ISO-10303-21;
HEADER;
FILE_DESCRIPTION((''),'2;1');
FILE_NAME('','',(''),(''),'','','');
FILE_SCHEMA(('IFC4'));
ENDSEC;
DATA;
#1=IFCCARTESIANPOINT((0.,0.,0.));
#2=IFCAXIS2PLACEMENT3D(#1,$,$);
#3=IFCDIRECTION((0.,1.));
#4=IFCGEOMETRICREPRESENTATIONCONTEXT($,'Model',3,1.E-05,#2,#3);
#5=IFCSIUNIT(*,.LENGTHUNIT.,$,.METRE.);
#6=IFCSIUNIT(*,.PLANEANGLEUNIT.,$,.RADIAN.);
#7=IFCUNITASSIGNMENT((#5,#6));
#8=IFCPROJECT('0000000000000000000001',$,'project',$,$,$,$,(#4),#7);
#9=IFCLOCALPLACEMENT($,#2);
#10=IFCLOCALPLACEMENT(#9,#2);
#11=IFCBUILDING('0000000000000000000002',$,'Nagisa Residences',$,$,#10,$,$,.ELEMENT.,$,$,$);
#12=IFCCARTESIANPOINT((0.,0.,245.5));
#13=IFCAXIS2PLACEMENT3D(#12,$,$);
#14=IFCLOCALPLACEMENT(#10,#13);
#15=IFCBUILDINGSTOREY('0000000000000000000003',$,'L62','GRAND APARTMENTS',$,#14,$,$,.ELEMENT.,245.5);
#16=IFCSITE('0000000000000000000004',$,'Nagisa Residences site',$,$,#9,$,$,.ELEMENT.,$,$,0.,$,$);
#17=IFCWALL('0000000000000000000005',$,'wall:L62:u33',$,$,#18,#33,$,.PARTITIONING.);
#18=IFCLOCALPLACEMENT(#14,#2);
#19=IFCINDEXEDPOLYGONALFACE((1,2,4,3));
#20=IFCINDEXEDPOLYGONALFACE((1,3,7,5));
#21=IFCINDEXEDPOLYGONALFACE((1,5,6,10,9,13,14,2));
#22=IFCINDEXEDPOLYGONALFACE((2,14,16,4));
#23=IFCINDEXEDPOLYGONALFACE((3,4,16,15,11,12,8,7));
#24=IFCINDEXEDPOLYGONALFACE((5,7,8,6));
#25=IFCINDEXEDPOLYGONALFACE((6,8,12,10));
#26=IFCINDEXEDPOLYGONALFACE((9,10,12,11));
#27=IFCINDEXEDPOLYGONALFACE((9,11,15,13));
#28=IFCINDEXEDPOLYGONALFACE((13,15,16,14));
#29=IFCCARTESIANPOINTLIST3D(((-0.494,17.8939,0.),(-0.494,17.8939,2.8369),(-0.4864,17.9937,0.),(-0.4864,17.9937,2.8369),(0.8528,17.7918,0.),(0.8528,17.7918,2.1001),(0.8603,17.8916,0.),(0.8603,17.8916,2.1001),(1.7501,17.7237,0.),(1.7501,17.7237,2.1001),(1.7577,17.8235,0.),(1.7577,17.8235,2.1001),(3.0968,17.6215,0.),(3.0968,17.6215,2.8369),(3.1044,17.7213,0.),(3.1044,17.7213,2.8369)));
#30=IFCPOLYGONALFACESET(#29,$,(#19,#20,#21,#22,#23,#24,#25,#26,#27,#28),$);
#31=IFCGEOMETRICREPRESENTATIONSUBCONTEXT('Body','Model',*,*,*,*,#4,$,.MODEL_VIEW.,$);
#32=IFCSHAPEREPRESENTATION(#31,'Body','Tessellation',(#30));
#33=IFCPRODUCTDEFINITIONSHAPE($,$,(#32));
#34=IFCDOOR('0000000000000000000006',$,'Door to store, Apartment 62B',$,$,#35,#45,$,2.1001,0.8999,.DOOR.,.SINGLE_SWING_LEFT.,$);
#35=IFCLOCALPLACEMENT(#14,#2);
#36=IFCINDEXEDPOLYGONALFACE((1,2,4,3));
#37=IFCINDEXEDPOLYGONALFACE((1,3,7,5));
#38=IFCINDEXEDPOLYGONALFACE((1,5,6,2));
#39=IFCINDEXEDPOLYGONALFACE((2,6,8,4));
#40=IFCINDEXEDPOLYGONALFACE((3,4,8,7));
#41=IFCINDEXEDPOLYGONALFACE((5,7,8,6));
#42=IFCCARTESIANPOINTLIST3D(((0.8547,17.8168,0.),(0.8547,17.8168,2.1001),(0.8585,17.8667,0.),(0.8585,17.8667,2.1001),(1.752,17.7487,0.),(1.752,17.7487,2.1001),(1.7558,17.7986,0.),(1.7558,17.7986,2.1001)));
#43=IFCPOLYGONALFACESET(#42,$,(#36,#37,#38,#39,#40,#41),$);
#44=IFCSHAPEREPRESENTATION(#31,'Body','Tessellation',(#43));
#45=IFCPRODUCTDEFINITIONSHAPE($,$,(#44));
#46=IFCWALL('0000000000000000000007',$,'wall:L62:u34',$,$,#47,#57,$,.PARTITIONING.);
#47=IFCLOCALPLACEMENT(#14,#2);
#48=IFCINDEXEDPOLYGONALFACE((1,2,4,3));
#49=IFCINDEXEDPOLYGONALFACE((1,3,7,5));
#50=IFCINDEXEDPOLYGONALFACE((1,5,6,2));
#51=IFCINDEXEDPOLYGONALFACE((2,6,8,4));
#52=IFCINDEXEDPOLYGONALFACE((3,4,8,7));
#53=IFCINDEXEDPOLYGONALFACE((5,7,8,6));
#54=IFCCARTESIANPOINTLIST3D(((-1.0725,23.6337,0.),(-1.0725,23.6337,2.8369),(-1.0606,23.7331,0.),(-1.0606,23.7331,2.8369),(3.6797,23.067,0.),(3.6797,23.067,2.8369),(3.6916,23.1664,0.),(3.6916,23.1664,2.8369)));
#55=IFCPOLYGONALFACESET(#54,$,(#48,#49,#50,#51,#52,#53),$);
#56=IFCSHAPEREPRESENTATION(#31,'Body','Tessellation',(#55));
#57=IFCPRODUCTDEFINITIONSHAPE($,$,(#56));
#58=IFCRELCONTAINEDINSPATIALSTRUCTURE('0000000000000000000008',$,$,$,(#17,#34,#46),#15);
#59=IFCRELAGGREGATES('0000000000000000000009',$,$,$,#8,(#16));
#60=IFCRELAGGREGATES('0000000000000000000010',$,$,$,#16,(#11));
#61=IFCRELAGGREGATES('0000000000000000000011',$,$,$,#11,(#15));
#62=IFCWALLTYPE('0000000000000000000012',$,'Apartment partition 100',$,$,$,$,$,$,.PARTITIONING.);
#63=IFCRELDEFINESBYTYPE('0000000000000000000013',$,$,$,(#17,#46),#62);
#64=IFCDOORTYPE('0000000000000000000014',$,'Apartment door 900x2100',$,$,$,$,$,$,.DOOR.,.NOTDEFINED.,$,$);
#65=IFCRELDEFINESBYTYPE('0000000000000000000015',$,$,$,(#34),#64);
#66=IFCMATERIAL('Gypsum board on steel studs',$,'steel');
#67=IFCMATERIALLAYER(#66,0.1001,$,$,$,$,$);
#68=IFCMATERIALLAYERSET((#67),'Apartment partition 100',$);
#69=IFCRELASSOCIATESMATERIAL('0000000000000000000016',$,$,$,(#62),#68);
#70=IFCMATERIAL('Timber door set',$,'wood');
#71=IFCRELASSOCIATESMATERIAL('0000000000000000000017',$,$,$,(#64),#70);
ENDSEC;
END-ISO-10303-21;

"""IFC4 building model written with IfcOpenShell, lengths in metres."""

from ifc_helpers import new_model, si_unit, direction, frame, frame_2d, origin, place, context, subcontext, project, spatial, rectangle, extrude, material, layer, layer_set, type_object, element, fill, save


model = new_model("IFC4")

# Units and contexts
model_context = context("Model", 3, precision=1e-05, world=origin(), true_north=direction((0.0, 1.0)))
body_context = subcontext(model_context, "Body", "Model", "MODEL_VIEW")
ifc_project = project(units=[si_unit("LENGTHUNIT", "METRE"), si_unit("PLANEANGLEUNIT", "RADIAN")], contexts=[model_context])

# Site, building, storey
site_placement = place(None, origin())
site = spatial("IfcSite", under=ifc_project, at=site_placement, Name="Nagisa Residences site", CompositionType="ELEMENT", RefElevation=0.0)
building_placement = place(site_placement, origin())
building = spatial("IfcBuilding", under=site, at=building_placement, Name="Nagisa Residences", CompositionType="ELEMENT")
storey_placement = place(building_placement, frame((0.0, 0.0, 245.5)))
storey = spatial("IfcBuildingStorey", under=building, at=storey_placement, Name="L62", Description="GRAND APARTMENTS", CompositionType="ELEMENT", Elevation=245.5)

# Shared definitions
ifc_material_1 = material(Name="Gypsum board on steel studs", Category="steel")
ifc_layer_1 = layer(ifc_material_1, 0.1001)
ifc_layer_set_1 = layer_set([ifc_layer_1], Name="Apartment partition 100")
wall_type_1 = type_object("IfcWallType", Name="Apartment partition 100", PredefinedType="PARTITIONING", material=ifc_layer_set_1)

# Shared definitions
ifc_material_2 = material(Name="Timber door set", Category="wood")
door_type_1 = type_object("IfcDoorType", Name="Apartment door 900x2100", OperationType="NOTDEFINED", PredefinedType="DOOR", material=ifc_material_2)

# Wall, opening, door
wall_1_placement = place(storey_placement, frame((3.1006, 17.6714, 0.0), z_axis=(0.0, 0.0, 1.0), x_axis=(-0.997134, 0.07566, 0.0)))
wall_1 = element("IfcWall", 1, at=wall_1_placement, inside=storey, type_object=wall_type_1, Name="wall:L62:u33", PredefinedType="PARTITIONING", context=body_context, shape_type="SweptSolid", body=[
    extrude(rectangle(XDim=3.6011, YDim=0.1001, at=frame_2d((1.8005, 0.0))), origin(), (0.0, 0.0, 1.0), 2.8369),
])
opening_1_placement = place(wall_1_placement, frame((1.3506, 0.0, 0.0)))
opening_1 = element("IfcOpeningElement", 2, at=opening_1_placement, cuts=wall_1, PredefinedType="OPENING", context=body_context, shape_type="SweptSolid", body=[
    extrude(rectangle(XDim=0.8999, YDim=2.1001, at=frame_2d((0.45, 1.05))), frame((0.0, 0.0601, 0.0), z_axis=(0.0, -1.0, 0.0), x_axis=(1.0, 0.0, 0.0)), (0.0, 0.0, 1.0), 0.1201),
])
door_1_placement = place(opening_1_placement, origin())
door_1 = element("IfcDoor", 3, at=door_1_placement, inside=storey, type_object=door_type_1, Name="Door to store, Apartment 62B", OperationType="SINGLE_SWING_LEFT", OverallHeight=2.1001, OverallWidth=0.8999, PredefinedType="DOOR", context=body_context, shape_type="SweptSolid", body=[
    extrude(rectangle(XDim=0.8999, YDim=2.1001, at=frame_2d((0.45, 1.05))), frame((0.0, 0.0249, 0.0), z_axis=(0.0, -1.0, 0.0), x_axis=(1.0, 0.0, 0.0)), (0.0, 0.0, 1.0), 0.05),
])
fill(opening_1, door_1)

# Wall
wall_2_placement = place(storey_placement, frame((3.6858, 23.1167, 0.0), z_axis=(0.0, 0.0, 1.0), x_axis=(-0.992966, 0.118401, 0.0)))
element("IfcWall", 4, at=wall_2_placement, inside=storey, type_object=wall_type_1, Name="wall:L62:u34", PredefinedType="PARTITIONING", context=body_context, shape_type="SweptSolid", body=[
    extrude(rectangle(XDim=4.7859, YDim=0.1001, at=frame_2d((2.3931, 0.0))), origin(), (0.0, 0.0, 1.0), 2.8369),
])

save(model, "model.ifc")
